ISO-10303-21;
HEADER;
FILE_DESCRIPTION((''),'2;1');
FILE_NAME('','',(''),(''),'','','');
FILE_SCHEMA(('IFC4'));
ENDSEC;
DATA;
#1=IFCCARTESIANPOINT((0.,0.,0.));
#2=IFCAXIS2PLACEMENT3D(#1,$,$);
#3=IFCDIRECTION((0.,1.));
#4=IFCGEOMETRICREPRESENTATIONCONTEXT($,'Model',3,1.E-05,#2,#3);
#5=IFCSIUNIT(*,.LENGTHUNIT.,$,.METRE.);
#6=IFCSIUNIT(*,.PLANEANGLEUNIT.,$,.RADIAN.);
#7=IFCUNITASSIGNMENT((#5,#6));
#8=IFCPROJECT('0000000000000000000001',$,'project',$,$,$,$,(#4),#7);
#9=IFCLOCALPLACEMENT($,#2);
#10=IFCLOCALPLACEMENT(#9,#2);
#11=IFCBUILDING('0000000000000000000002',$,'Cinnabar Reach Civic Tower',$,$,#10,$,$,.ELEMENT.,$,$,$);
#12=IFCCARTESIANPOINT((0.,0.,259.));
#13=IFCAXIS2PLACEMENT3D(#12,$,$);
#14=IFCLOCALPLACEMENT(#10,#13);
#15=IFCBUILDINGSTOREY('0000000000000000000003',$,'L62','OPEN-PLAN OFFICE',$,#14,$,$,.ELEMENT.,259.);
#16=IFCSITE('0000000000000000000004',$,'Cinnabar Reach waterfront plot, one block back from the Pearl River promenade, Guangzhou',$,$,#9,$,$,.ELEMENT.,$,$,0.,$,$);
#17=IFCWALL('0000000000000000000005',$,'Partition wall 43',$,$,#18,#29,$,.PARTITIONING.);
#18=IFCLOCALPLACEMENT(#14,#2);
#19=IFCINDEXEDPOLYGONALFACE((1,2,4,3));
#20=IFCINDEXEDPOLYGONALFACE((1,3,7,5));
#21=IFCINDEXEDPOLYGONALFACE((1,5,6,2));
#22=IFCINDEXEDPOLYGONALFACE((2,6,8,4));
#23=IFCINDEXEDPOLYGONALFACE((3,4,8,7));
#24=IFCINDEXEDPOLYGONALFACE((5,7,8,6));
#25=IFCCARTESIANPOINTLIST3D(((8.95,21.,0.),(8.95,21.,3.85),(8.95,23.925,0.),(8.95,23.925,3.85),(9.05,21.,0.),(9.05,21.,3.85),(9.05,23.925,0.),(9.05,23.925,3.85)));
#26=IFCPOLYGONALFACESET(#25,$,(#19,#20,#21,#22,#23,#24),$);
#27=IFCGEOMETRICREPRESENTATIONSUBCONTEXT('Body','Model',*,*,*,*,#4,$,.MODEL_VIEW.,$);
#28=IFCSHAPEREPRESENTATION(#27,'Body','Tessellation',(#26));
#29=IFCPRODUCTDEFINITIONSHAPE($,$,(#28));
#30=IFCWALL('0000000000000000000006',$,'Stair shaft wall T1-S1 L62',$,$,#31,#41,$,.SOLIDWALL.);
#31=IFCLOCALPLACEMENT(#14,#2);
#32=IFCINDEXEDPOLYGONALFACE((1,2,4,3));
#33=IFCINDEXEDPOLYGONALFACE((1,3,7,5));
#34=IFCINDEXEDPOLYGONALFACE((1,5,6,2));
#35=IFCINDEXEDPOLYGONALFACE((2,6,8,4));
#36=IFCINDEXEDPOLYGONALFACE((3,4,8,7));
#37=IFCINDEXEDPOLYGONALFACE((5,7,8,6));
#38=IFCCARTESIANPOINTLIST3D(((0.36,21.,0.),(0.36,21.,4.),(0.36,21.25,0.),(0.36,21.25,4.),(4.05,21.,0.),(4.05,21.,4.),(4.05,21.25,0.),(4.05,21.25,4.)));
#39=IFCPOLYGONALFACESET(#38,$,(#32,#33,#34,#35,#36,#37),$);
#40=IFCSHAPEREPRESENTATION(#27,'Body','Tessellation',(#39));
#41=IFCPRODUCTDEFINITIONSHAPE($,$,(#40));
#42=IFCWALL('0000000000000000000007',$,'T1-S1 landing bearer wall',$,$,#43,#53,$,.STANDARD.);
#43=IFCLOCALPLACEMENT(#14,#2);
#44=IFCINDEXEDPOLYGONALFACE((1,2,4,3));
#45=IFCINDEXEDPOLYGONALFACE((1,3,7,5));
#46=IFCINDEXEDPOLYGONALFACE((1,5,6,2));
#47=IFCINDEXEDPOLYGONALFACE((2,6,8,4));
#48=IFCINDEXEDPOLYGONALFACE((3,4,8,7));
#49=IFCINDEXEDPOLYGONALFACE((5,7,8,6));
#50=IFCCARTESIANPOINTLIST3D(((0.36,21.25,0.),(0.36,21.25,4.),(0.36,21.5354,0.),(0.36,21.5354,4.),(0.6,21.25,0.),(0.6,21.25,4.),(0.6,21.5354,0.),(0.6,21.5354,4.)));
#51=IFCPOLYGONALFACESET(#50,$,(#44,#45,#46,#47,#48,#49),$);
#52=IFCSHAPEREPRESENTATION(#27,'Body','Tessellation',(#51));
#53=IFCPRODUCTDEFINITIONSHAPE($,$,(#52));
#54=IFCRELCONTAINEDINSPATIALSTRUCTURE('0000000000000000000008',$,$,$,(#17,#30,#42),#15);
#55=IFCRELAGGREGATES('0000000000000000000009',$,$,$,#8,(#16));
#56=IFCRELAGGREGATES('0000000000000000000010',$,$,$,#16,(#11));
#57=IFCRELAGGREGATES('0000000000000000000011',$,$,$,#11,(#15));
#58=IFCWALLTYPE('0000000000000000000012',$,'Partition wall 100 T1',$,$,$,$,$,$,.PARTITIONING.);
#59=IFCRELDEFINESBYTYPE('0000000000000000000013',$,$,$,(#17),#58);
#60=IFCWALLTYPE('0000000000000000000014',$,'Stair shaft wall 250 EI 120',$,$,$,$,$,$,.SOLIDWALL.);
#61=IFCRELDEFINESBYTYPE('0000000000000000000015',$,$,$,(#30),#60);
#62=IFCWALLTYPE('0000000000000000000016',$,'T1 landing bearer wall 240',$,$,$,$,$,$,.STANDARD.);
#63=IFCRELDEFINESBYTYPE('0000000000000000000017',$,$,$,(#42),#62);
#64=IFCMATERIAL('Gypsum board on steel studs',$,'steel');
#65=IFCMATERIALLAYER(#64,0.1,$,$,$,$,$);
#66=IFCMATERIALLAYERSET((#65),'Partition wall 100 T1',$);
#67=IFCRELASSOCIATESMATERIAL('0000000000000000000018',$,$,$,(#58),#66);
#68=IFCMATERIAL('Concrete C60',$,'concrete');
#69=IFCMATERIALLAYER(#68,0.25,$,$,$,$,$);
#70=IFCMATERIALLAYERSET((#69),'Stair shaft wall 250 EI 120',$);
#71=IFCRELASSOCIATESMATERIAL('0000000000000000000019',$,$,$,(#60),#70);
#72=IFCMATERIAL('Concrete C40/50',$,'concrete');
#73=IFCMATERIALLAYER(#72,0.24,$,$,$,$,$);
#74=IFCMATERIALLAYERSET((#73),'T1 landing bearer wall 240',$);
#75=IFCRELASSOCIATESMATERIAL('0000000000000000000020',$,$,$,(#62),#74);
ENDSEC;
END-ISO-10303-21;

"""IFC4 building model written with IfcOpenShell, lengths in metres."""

from ifc_helpers import new_model, si_unit, direction, frame, frame_2d, origin, place, context, subcontext, project, spatial, rectangle, extrude, material, layer, layer_set, type_object, element, save


model = new_model("IFC4")

# Units and contexts
model_context = context("Model", 3, precision=1e-05, world=origin(), true_north=direction((0.0, 1.0)))
body_context = subcontext(model_context, "Body", "Model", "MODEL_VIEW")
ifc_project = project(units=[si_unit("LENGTHUNIT", "METRE"), si_unit("PLANEANGLEUNIT", "RADIAN")], contexts=[model_context])

# Site, building, storey
site_placement = place(None, origin())
site = spatial("IfcSite", under=ifc_project, at=site_placement, Name="Cinnabar Reach waterfront plot, one block back from the Pearl River promenade, Guangzhou", CompositionType="ELEMENT", RefElevation=0.0)
building_placement = place(site_placement, origin())
building = spatial("IfcBuilding", under=site, at=building_placement, Name="Cinnabar Reach Civic Tower", CompositionType="ELEMENT")
storey_placement = place(building_placement, frame((0.0, 0.0, 259.0)))
storey = spatial("IfcBuildingStorey", under=building, at=storey_placement, Name="L62", Description="OPEN-PLAN OFFICE", CompositionType="ELEMENT", Elevation=259.0)

# Shared definitions
ifc_material_1 = material(Name="Concrete C60", Category="concrete")

# Shared definitions
ifc_material_2 = material(Name="Concrete C40/50", Category="concrete")

# Walls
ifc_material_3 = material(Name="Gypsum board on steel studs", Category="steel")
ifc_layer_1 = layer(ifc_material_3, 0.1)
ifc_layer_set_1 = layer_set([ifc_layer_1], Name="Partition wall 100 T1")
wall_type_1 = type_object("IfcWallType", Name="Partition wall 100 T1", PredefinedType="PARTITIONING", material=ifc_layer_set_1)
wall_1_placement = place(storey_placement, frame((9.0, 21.0, 0.0), z_axis=(0.0, 0.0, 1.0), x_axis=(0.0, 1.0, 0.0)))
element("IfcWall", 1, at=wall_1_placement, inside=storey, type_object=wall_type_1, Name="Partition wall 43", PredefinedType="PARTITIONING", context=body_context, shape_type="SweptSolid", body=[
    extrude(rectangle(XDim=2.925, YDim=0.1, at=frame_2d((1.4625, 0.0))), origin(), (0.0, 0.0, 1.0), 3.85),
])
ifc_layer_2 = layer(ifc_material_1, 0.25)
ifc_layer_set_2 = layer_set([ifc_layer_2], Name="Stair shaft wall 250 EI 120")
wall_type_2 = type_object("IfcWallType", Name="Stair shaft wall 250 EI 120", PredefinedType="SOLIDWALL", material=ifc_layer_set_2)
wall_2_placement = place(storey_placement, frame((0.36, 21.125, 0.0), z_axis=(0.0, 0.0, 1.0), x_axis=(1.0, 0.0, 0.0)))
element("IfcWall", 2, at=wall_2_placement, inside=storey, type_object=wall_type_2, Name="Stair shaft wall T1-S1 L62", PredefinedType="SOLIDWALL", context=body_context, shape_type="SweptSolid", body=[
    extrude(rectangle(XDim=3.69, YDim=0.25, at=frame_2d((1.845, 0.0))), origin(), (0.0, 0.0, 1.0), 4.0),
])
ifc_layer_3 = layer(ifc_material_2, 0.24)
ifc_layer_set_3 = layer_set([ifc_layer_3], Name="T1 landing bearer wall 240")
wall_type_3 = type_object("IfcWallType", Name="T1 landing bearer wall 240", PredefinedType="STANDARD", material=ifc_layer_set_3)
wall_3_placement = place(storey_placement, frame((0.48, 21.25, 0.0), z_axis=(0.0, 0.0, 1.0), x_axis=(0.0, 1.0, 0.0)))
element("IfcWall", 3, at=wall_3_placement, inside=storey, type_object=wall_type_3, Name="T1-S1 landing bearer wall", PredefinedType="STANDARD", context=body_context, shape_type="SweptSolid", body=[
    extrude(rectangle(XDim=0.2854, YDim=0.24, at=frame_2d((0.1427, 0.0))), origin(), (0.0, 0.0, 1.0), 4.0),
])

save(model, "model.ifc")
